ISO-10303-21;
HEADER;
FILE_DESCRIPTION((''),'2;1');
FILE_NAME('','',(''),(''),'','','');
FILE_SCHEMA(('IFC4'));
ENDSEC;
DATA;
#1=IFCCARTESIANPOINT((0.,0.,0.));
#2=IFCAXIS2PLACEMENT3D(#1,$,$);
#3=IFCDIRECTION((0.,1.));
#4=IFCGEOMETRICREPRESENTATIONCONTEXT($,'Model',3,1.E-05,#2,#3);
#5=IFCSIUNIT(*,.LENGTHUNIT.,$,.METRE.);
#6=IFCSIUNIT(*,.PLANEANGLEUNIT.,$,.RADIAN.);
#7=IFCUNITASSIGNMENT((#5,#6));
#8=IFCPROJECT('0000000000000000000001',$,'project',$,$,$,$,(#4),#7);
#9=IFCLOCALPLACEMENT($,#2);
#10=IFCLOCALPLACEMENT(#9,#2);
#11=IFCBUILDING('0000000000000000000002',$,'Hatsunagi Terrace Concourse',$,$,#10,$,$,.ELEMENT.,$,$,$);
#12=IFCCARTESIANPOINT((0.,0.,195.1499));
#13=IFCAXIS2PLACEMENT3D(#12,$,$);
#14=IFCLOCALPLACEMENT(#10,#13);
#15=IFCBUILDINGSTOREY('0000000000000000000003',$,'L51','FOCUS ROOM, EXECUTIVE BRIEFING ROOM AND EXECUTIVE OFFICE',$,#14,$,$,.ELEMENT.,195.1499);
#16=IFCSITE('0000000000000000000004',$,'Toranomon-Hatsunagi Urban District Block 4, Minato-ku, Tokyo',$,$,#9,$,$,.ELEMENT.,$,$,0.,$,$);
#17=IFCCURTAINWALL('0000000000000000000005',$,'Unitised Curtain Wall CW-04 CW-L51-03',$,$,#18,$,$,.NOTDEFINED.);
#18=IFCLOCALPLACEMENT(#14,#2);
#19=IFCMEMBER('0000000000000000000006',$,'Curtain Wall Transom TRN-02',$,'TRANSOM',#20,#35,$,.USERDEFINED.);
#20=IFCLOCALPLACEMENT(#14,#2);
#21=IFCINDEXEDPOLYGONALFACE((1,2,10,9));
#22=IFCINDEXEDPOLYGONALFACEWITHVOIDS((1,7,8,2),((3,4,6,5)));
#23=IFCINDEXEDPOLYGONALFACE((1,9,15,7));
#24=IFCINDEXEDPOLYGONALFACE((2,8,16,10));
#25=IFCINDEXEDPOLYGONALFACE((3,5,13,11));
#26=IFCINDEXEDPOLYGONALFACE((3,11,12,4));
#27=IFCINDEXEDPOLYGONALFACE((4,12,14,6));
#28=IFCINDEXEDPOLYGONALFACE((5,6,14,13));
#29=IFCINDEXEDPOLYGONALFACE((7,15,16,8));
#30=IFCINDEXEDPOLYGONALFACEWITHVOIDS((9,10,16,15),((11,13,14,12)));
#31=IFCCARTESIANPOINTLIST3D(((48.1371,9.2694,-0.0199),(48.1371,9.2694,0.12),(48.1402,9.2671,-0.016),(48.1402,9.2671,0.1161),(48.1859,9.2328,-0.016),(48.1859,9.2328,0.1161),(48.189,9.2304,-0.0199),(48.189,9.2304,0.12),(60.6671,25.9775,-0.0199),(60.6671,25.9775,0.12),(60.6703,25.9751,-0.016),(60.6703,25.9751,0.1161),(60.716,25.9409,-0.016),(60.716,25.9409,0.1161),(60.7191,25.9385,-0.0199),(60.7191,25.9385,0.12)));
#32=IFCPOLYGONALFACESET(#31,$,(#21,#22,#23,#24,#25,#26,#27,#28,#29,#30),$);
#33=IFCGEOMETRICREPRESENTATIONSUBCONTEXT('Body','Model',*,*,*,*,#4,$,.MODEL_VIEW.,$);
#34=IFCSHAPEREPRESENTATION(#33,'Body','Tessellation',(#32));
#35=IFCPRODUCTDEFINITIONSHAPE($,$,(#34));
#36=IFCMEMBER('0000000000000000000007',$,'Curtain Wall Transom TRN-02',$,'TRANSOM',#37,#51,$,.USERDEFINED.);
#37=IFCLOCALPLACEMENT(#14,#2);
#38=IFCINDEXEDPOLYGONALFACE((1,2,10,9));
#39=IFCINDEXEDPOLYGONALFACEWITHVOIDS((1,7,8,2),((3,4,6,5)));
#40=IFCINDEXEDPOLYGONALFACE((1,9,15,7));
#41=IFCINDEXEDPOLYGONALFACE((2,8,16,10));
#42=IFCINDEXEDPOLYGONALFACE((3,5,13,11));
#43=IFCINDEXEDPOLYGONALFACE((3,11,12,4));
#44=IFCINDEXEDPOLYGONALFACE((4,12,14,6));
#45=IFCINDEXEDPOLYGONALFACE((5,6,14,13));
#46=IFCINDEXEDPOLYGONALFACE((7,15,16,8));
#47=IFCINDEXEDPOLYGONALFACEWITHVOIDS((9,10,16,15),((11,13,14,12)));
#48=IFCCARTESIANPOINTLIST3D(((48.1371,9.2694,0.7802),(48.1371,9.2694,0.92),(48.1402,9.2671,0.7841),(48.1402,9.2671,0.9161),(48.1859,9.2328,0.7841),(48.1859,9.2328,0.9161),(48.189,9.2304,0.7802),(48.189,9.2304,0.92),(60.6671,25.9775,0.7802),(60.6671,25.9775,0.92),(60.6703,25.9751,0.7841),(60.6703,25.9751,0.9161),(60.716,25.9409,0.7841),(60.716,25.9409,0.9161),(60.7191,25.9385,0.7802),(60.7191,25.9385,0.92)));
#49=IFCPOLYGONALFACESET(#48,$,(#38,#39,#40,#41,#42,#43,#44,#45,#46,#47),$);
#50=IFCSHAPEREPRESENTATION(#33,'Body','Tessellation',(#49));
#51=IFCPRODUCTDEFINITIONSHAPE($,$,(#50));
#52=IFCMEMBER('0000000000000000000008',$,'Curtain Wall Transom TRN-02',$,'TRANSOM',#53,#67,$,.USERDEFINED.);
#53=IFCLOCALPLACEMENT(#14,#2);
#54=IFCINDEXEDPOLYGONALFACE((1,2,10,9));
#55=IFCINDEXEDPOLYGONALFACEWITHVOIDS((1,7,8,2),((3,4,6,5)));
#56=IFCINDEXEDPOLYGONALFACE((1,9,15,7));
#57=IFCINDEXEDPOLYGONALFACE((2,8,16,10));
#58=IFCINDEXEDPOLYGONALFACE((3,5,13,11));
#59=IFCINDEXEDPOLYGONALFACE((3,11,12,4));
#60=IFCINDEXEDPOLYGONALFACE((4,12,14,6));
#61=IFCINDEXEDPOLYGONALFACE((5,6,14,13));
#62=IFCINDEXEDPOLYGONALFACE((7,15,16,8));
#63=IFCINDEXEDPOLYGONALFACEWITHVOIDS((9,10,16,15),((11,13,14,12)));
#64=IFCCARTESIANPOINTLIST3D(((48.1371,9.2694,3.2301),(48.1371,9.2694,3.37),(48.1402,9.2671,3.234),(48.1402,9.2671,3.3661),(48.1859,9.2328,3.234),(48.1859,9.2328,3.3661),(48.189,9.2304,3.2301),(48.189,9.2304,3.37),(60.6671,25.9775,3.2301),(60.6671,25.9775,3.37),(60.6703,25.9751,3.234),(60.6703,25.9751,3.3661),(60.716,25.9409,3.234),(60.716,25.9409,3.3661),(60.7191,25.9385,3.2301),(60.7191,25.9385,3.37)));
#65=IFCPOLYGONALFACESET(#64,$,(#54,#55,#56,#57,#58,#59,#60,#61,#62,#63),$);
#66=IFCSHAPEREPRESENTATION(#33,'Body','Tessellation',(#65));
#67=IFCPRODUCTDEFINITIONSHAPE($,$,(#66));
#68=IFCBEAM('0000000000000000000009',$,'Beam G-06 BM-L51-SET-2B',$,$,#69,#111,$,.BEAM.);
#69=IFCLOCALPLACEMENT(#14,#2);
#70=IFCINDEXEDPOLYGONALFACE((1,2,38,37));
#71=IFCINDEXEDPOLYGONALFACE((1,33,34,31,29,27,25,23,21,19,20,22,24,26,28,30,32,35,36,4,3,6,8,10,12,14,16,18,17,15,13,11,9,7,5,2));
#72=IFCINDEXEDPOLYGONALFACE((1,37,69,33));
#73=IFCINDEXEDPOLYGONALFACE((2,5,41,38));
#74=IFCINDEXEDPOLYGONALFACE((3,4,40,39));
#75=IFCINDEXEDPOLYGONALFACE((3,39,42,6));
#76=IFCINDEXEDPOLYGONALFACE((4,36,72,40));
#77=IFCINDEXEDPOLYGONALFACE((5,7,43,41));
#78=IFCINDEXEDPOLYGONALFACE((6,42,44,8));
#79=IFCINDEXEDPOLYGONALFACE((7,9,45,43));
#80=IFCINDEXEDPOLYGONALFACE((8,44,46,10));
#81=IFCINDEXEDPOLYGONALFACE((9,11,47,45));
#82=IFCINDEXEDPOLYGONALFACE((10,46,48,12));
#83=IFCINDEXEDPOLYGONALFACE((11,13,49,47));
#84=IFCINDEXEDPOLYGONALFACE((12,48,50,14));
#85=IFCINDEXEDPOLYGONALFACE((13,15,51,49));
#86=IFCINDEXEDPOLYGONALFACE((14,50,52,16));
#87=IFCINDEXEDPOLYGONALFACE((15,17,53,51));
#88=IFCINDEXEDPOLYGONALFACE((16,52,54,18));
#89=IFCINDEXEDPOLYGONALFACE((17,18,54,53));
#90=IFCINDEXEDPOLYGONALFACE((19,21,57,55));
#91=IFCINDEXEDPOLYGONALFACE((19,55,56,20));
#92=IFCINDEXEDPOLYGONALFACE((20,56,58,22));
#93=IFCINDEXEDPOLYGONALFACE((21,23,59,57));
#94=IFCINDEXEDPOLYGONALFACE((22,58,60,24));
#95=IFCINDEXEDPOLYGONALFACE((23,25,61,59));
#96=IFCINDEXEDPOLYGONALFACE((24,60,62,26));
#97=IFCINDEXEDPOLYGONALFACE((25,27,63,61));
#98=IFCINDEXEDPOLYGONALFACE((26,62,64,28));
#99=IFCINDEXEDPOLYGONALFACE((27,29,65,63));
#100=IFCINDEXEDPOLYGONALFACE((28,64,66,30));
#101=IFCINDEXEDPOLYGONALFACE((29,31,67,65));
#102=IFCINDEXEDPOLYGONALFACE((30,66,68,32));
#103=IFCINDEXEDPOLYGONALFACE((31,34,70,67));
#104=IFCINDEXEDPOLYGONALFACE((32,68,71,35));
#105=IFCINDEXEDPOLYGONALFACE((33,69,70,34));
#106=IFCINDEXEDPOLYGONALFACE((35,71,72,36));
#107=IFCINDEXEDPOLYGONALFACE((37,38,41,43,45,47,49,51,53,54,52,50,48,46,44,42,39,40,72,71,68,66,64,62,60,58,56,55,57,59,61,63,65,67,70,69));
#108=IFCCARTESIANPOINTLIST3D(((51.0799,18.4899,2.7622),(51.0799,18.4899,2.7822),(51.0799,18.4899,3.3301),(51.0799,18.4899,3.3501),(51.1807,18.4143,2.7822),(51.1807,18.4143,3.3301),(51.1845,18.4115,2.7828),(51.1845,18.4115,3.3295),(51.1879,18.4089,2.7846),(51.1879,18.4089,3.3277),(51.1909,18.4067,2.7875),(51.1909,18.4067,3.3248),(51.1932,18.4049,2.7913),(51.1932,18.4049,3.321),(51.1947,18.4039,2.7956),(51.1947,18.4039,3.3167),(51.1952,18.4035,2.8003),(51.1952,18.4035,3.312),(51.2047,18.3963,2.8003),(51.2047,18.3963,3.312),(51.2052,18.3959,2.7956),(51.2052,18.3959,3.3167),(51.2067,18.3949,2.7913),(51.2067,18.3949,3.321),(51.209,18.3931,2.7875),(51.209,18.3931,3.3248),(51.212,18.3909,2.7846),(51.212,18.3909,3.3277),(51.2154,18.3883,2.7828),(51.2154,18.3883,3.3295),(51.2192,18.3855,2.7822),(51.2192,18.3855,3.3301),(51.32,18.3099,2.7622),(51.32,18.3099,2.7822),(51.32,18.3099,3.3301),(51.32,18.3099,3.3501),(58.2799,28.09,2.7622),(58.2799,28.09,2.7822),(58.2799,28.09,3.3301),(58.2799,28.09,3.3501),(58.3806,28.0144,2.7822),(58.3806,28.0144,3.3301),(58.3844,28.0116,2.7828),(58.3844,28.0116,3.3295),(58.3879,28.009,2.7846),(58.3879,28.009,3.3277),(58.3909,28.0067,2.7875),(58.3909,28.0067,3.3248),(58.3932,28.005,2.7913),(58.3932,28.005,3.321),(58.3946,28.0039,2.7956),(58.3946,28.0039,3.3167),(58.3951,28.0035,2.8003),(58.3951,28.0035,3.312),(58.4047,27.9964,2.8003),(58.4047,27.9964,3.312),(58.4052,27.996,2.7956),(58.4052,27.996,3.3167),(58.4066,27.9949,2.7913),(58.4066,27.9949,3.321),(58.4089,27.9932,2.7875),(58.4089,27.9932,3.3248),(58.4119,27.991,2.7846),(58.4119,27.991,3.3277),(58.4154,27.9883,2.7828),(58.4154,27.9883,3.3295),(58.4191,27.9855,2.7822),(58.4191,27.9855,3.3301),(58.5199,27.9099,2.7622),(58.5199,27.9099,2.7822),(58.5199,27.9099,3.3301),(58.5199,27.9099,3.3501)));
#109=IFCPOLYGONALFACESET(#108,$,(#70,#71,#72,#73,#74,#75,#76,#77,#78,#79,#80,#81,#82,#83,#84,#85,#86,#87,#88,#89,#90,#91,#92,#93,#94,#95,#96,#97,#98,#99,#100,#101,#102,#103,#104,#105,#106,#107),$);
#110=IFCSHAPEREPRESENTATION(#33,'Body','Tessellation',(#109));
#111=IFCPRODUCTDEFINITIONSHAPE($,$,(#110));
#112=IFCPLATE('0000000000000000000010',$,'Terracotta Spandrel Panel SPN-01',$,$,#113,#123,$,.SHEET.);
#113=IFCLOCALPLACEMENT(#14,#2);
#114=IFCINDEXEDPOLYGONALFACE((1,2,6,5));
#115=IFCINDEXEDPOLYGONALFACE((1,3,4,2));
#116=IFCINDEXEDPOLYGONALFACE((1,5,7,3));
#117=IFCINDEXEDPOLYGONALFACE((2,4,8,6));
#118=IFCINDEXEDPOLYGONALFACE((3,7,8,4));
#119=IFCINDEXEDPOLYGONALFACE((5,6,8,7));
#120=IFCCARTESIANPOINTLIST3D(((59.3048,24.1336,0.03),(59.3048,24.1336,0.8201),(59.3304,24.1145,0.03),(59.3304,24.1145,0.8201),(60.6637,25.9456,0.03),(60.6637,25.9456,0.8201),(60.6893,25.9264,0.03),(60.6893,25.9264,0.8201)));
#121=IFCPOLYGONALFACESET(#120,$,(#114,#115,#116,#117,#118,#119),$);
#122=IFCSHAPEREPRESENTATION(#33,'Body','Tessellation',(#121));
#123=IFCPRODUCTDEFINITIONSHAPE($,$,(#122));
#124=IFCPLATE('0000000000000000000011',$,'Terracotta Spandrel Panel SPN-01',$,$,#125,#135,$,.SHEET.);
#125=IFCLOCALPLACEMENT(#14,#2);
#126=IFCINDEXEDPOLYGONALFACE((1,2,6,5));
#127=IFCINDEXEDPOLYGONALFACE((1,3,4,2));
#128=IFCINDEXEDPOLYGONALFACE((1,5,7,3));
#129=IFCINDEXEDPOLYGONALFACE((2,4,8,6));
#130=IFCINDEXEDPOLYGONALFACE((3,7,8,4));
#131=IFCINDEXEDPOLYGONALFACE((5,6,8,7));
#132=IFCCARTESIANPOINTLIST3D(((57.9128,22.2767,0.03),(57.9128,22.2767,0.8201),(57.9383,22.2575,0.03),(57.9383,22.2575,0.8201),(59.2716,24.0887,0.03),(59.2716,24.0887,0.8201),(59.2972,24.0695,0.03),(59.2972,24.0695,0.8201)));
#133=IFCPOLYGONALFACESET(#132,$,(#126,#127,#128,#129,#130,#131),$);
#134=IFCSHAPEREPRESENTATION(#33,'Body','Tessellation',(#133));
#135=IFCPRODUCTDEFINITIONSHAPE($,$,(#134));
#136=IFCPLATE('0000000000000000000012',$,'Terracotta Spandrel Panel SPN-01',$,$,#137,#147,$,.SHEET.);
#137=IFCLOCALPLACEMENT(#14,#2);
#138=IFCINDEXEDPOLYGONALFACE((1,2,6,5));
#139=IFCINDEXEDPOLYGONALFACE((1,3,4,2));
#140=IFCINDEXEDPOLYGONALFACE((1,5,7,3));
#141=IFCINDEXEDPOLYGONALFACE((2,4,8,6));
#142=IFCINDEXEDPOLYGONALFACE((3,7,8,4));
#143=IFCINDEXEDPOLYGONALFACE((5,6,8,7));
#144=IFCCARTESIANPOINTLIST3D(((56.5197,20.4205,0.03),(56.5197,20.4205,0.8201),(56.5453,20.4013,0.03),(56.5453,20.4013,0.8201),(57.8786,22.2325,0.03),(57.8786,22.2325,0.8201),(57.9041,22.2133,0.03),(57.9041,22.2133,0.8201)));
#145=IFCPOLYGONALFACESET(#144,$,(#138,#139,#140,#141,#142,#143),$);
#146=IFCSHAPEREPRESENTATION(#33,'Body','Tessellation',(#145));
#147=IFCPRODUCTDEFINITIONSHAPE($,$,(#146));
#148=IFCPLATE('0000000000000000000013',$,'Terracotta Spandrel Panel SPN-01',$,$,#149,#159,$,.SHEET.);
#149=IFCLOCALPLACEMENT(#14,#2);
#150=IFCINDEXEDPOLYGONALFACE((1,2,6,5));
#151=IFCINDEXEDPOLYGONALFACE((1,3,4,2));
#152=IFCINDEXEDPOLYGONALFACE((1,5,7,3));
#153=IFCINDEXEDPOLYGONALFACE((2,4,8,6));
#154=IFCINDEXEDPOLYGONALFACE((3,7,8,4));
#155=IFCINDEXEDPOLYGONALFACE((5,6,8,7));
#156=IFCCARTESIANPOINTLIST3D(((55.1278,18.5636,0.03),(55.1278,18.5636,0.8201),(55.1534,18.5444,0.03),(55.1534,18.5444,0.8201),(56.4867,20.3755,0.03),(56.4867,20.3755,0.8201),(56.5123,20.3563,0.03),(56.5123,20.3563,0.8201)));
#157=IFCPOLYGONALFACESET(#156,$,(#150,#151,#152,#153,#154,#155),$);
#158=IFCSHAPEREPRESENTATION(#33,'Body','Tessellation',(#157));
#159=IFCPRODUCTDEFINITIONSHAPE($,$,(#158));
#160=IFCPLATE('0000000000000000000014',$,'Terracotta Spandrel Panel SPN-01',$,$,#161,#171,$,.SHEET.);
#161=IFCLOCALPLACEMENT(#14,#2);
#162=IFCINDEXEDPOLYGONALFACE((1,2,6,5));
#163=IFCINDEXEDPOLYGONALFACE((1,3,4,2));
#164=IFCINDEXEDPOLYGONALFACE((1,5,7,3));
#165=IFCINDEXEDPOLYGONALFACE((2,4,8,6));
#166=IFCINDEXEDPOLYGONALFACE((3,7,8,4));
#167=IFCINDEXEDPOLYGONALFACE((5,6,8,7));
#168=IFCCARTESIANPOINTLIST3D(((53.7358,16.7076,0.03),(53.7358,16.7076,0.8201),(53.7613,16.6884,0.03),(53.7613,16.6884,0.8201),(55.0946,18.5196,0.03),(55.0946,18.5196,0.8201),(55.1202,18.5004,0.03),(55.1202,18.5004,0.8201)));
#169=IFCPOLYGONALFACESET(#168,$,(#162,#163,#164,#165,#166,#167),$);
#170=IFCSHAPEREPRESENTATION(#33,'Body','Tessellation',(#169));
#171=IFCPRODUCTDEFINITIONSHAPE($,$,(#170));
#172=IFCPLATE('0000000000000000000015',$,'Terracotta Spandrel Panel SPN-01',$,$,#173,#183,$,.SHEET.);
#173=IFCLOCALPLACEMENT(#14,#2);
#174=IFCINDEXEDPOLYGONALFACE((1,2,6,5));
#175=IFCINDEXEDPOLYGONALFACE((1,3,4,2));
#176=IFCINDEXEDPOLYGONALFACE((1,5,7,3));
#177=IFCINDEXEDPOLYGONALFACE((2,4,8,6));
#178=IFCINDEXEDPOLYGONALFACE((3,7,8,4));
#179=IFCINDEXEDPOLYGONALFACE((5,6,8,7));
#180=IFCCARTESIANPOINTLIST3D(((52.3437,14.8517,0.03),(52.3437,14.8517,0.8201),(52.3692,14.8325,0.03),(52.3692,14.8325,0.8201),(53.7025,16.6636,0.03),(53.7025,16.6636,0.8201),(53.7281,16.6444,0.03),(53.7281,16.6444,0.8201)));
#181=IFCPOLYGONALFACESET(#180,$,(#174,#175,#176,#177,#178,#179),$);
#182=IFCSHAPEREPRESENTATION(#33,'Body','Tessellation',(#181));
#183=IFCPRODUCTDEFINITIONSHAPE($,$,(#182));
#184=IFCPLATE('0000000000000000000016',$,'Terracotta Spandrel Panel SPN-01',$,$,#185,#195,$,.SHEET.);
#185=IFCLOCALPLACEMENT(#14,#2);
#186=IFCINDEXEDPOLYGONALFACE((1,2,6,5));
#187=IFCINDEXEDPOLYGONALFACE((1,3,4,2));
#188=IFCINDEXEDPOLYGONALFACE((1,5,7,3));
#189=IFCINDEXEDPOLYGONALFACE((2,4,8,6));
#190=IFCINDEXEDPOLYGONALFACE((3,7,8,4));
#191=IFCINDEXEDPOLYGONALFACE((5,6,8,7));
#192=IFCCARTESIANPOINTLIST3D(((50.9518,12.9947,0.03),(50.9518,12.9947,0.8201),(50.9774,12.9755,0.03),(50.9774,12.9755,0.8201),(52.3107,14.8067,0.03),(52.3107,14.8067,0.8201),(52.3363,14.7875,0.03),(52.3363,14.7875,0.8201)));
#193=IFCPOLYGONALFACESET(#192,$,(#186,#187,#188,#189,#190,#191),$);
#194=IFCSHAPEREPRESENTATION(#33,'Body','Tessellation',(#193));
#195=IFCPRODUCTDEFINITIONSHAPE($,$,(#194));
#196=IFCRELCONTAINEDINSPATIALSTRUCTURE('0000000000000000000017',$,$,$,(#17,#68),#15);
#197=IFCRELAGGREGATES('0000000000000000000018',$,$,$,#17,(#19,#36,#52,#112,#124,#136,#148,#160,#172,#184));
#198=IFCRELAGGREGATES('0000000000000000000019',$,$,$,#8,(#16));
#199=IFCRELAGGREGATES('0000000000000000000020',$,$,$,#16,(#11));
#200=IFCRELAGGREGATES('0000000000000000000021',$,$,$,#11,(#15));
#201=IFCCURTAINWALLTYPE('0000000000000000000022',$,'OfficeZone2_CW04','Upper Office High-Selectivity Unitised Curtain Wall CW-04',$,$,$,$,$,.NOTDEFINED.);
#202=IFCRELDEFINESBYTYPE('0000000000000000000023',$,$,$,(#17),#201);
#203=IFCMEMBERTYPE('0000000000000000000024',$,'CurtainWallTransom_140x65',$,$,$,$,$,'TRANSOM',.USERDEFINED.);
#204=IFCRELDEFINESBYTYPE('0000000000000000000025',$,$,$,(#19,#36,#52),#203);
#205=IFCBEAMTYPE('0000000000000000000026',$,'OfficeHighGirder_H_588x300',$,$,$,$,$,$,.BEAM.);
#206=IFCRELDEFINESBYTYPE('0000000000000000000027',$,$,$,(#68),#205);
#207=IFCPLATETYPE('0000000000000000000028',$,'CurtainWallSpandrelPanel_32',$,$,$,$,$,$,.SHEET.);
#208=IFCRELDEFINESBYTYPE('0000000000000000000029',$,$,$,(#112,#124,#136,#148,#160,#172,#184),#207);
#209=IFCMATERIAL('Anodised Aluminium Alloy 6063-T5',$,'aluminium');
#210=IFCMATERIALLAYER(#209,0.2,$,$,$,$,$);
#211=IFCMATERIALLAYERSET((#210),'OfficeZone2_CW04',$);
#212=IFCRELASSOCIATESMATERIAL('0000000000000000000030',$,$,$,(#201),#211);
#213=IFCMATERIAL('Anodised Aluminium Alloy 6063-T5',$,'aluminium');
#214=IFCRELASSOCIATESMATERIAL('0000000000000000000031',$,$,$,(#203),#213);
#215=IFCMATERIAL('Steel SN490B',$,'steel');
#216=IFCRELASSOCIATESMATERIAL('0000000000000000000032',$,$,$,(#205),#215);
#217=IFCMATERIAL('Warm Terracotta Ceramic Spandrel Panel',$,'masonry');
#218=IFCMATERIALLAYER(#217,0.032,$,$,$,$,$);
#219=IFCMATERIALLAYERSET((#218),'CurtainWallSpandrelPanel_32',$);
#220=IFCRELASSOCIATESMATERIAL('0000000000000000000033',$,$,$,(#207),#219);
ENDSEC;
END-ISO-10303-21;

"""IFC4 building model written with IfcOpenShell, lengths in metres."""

from ifc_helpers import new_model, si_unit, direction, frame, origin, origin_2d, place, context, subcontext, project, spatial, rectangle, hollow_rectangle, i_section, extrude, material, layer, layer_set, material_profile, profile_set, type_object, element, aggregate, save


model = new_model("IFC4")

# Units and contexts
model_context = context("Model", 3, precision=1e-05, world=origin(), true_north=direction((0.0, 1.0)))
body_context = subcontext(model_context, "Body", "Model", "MODEL_VIEW")
ifc_project = project(units=[si_unit("LENGTHUNIT", "METRE"), si_unit("PLANEANGLEUNIT", "RADIAN")], contexts=[model_context])

# Site, building, storey
site_placement = place(None, origin())
site = spatial("IfcSite", under=ifc_project, at=site_placement, Name="Toranomon-Hatsunagi Urban District Block 4, Minato-ku, Tokyo", CompositionType="ELEMENT", RefElevation=0.0)
building_placement = place(site_placement, origin())
building = spatial("IfcBuilding", under=site, at=building_placement, Name="Hatsunagi Terrace Concourse", CompositionType="ELEMENT")
storey_placement = place(building_placement, frame((0.0, 0.0, 195.1499)))
storey = spatial("IfcBuildingStorey", under=building, at=storey_placement, Name="L51", Description="FOCUS ROOM, EXECUTIVE BRIEFING ROOM AND EXECUTIVE OFFICE", CompositionType="ELEMENT", Elevation=195.1499)

# Curtain wall, members
ifc_material_1 = material(Name="Anodised Aluminium Alloy 6063-T5", Category="aluminium")
ifc_layer_1 = layer(ifc_material_1, 0.2)
ifc_layer_set_1 = layer_set([ifc_layer_1], Name="OfficeZone2_CW04")
curtain_wall_type = type_object("IfcCurtainWallType", Name="OfficeZone2_CW04", Description="Upper Office High-Selectivity Unitised Curtain Wall CW-04", PredefinedType="NOTDEFINED", material=ifc_layer_set_1)
curtain_wall_placement = place(storey_placement, origin())
curtain_wall = element("IfcCurtainWall", 1, at=curtain_wall_placement, inside=storey, type_object=curtain_wall_type, Name="Unitised Curtain Wall CW-04 CW-L51-03", PredefinedType="NOTDEFINED")
ifc_material_2 = material(Name="Anodised Aluminium Alloy 6063-T5", Category="aluminium")
ifc_material_profile_1 = material_profile(ifc_material_2, hollow_rectangle(XDim=0.0649, YDim=0.1399, WallThickness=0.0039, at=origin_2d()), Name="ALU-TRN-140x65x4")
ifc_profile_set_1 = profile_set([ifc_material_profile_1], Name="Anodised Aluminium Alloy 6063-T5")
member_type_1 = type_object("IfcMemberType", Name="CurtainWallTransom_140x65", ElementType="TRANSOM", PredefinedType="USERDEFINED", material=ifc_profile_set_1)
member_1_placement = place(storey_placement, frame((60.6931, 25.958, 0.05), z_axis=(-0.59997, -0.800022, 0.0), x_axis=(0.800022, -0.59997, 0.0)))
member_1 = element("IfcMember", 2, at=member_1_placement, type_object=member_type_1, Name="Curtain Wall Transom TRN-02", ObjectType="TRANSOM", PredefinedType="USERDEFINED", context=body_context, shape_type="SweptSolid", body=[
    extrude(hollow_rectangle(XDim=0.0649, YDim=0.1399, WallThickness=0.0039, at=origin_2d()), origin(), (0.0, 0.0, 1.0), 20.8845),
])
member_2_placement = place(storey_placement, frame((60.6931, 25.958, 0.8501), z_axis=(-0.59997, -0.800022, 0.0), x_axis=(0.800022, -0.59997, 0.0)))
member_2 = element("IfcMember", 3, at=member_2_placement, type_object=member_type_1, Name="Curtain Wall Transom TRN-02", ObjectType="TRANSOM", PredefinedType="USERDEFINED", context=body_context, shape_type="SweptSolid", body=[
    extrude(hollow_rectangle(XDim=0.0649, YDim=0.1399, WallThickness=0.0039, at=origin_2d()), origin(), (0.0, 0.0, 1.0), 20.8845),
])
member_3_placement = place(storey_placement, frame((60.6931, 25.958, 3.3), z_axis=(-0.59997, -0.800022, 0.0), x_axis=(0.800022, -0.59997, 0.0)))
member_3 = element("IfcMember", 4, at=member_3_placement, type_object=member_type_1, Name="Curtain Wall Transom TRN-02", ObjectType="TRANSOM", PredefinedType="USERDEFINED", context=body_context, shape_type="SweptSolid", body=[
    extrude(hollow_rectangle(XDim=0.0649, YDim=0.1399, WallThickness=0.0039, at=origin_2d()), origin(), (0.0, 0.0, 1.0), 20.8845),
])

# Beam
ifc_material_3 = material(Name="Steel SN490B", Category="steel")
ifc_material_profile_2 = material_profile(ifc_material_3, i_section(OverallWidth=0.3, OverallDepth=0.5879, WebThickness=0.012, FlangeThickness=0.02, FilletRadius=0.0181, at=origin_2d()), Name="H-588x300x12x20")
ifc_profile_set_2 = profile_set([ifc_material_profile_2], Name="Steel SN490B")
beam_type = type_object("IfcBeamType", Name="OfficeHighGirder_H_588x300", PredefinedType="BEAM", material=ifc_profile_set_2)
beam_placement = place(storey_placement, frame((51.2, 18.3999, 3.0562), z_axis=(0.599993, 0.800005, 0.0), x_axis=(-0.800005, 0.599993, 0.0)))
element("IfcBeam", 5, at=beam_placement, inside=storey, type_object=beam_type, Name="Beam G-06 BM-L51-SET-2B", PredefinedType="BEAM", context=body_context, shape_type="SweptSolid", body=[
    extrude(i_section(OverallWidth=0.3, OverallDepth=0.5879, WebThickness=0.012, FlangeThickness=0.02, FilletRadius=0.0181, at=origin_2d()), origin(), (0.0, 0.0, 1.0), 12.0),
])

# Plates
ifc_material_4 = material(Name="Warm Terracotta Ceramic Spandrel Panel", Category="masonry")
ifc_layer_2 = layer(ifc_material_4, 0.032)
ifc_layer_set_2 = layer_set([ifc_layer_2], Name="CurtainWallSpandrelPanel_32")
plate_type_1 = type_object("IfcPlateType", Name="CurtainWallSpandrelPanel_32", PredefinedType="SHEET", material=ifc_layer_set_2)
plate_1_placement = place(storey_placement, frame((59.9971, 25.03, 0.03), z_axis=(0.0, 0.0, 1.0), x_axis=(-0.599969, -0.800023, 0.0)))
plate_1 = element("IfcPlate", 6, at=plate_1_placement, type_object=plate_type_1, Name="Terracotta Spandrel Panel SPN-01", PredefinedType="SHEET", context=body_context, shape_type="SweptSolid", body=[
    extrude(rectangle(XDim=2.2649, YDim=0.032, at=origin_2d()), origin(), (0.0, 0.0, 1.0), 0.79),
])
plate_2_placement = place(storey_placement, frame((58.605, 23.1731, 0.03), z_axis=(0.0, 0.0, 1.0), x_axis=(-0.599969, -0.800023, 0.0)))
plate_2 = element("IfcPlate", 7, at=plate_2_placement, type_object=plate_type_1, Name="Terracotta Spandrel Panel SPN-01", PredefinedType="SHEET", context=body_context, shape_type="SweptSolid", body=[
    extrude(rectangle(XDim=2.2649, YDim=0.032, at=origin_2d()), origin(), (0.0, 0.0, 1.0), 0.79),
])
plate_3_placement = place(storey_placement, frame((57.2119, 21.3169, 0.03), z_axis=(0.0, 0.0, 1.0), x_axis=(-0.599969, -0.800023, 0.0)))
plate_3 = element("IfcPlate", 8, at=plate_3_placement, type_object=plate_type_1, Name="Terracotta Spandrel Panel SPN-01", PredefinedType="SHEET", context=body_context, shape_type="SweptSolid", body=[
    extrude(rectangle(XDim=2.2649, YDim=0.032, at=origin_2d()), origin(), (0.0, 0.0, 1.0), 0.79),
])
plate_4_placement = place(storey_placement, frame((55.8201, 19.46, 0.03), z_axis=(0.0, 0.0, 1.0), x_axis=(-0.599969, -0.800023, 0.0)))
plate_4 = element("IfcPlate", 9, at=plate_4_placement, type_object=plate_type_1, Name="Terracotta Spandrel Panel SPN-01", PredefinedType="SHEET", context=body_context, shape_type="SweptSolid", body=[
    extrude(rectangle(XDim=2.2649, YDim=0.032, at=origin_2d()), origin(), (0.0, 0.0, 1.0), 0.79),
])
plate_5_placement = place(storey_placement, frame((54.428, 17.604, 0.03), z_axis=(0.0, 0.0, 1.0), x_axis=(-0.599969, -0.800023, 0.0)))
plate_5 = element("IfcPlate", 10, at=plate_5_placement, type_object=plate_type_1, Name="Terracotta Spandrel Panel SPN-01", PredefinedType="SHEET", context=body_context, shape_type="SweptSolid", body=[
    extrude(rectangle(XDim=2.2649, YDim=0.032, at=origin_2d()), origin(), (0.0, 0.0, 1.0), 0.79),
])
plate_6_placement = place(storey_placement, frame((53.0359, 15.748, 0.03), z_axis=(0.0, 0.0, 1.0), x_axis=(-0.599969, -0.800023, 0.0)))
plate_6 = element("IfcPlate", 11, at=plate_6_placement, type_object=plate_type_1, Name="Terracotta Spandrel Panel SPN-01", PredefinedType="SHEET", context=body_context, shape_type="SweptSolid", body=[
    extrude(rectangle(XDim=2.2649, YDim=0.032, at=origin_2d()), origin(), (0.0, 0.0, 1.0), 0.79),
])
plate_7_placement = place(storey_placement, frame((51.644, 13.8911, 0.03), z_axis=(0.0, 0.0, 1.0), x_axis=(-0.599969, -0.800023, 0.0)))
plate_7 = element("IfcPlate", 12, at=plate_7_placement, type_object=plate_type_1, Name="Terracotta Spandrel Panel SPN-01", PredefinedType="SHEET", context=body_context, shape_type="SweptSolid", body=[
    extrude(rectangle(XDim=2.2649, YDim=0.032, at=origin_2d()), origin(), (0.0, 0.0, 1.0), 0.79),
])
aggregate(curtain_wall, [member_1, member_2, member_3, plate_1, plate_2, plate_3, plate_4, plate_5, plate_6, plate_7])

save(model, "model.ifc")
